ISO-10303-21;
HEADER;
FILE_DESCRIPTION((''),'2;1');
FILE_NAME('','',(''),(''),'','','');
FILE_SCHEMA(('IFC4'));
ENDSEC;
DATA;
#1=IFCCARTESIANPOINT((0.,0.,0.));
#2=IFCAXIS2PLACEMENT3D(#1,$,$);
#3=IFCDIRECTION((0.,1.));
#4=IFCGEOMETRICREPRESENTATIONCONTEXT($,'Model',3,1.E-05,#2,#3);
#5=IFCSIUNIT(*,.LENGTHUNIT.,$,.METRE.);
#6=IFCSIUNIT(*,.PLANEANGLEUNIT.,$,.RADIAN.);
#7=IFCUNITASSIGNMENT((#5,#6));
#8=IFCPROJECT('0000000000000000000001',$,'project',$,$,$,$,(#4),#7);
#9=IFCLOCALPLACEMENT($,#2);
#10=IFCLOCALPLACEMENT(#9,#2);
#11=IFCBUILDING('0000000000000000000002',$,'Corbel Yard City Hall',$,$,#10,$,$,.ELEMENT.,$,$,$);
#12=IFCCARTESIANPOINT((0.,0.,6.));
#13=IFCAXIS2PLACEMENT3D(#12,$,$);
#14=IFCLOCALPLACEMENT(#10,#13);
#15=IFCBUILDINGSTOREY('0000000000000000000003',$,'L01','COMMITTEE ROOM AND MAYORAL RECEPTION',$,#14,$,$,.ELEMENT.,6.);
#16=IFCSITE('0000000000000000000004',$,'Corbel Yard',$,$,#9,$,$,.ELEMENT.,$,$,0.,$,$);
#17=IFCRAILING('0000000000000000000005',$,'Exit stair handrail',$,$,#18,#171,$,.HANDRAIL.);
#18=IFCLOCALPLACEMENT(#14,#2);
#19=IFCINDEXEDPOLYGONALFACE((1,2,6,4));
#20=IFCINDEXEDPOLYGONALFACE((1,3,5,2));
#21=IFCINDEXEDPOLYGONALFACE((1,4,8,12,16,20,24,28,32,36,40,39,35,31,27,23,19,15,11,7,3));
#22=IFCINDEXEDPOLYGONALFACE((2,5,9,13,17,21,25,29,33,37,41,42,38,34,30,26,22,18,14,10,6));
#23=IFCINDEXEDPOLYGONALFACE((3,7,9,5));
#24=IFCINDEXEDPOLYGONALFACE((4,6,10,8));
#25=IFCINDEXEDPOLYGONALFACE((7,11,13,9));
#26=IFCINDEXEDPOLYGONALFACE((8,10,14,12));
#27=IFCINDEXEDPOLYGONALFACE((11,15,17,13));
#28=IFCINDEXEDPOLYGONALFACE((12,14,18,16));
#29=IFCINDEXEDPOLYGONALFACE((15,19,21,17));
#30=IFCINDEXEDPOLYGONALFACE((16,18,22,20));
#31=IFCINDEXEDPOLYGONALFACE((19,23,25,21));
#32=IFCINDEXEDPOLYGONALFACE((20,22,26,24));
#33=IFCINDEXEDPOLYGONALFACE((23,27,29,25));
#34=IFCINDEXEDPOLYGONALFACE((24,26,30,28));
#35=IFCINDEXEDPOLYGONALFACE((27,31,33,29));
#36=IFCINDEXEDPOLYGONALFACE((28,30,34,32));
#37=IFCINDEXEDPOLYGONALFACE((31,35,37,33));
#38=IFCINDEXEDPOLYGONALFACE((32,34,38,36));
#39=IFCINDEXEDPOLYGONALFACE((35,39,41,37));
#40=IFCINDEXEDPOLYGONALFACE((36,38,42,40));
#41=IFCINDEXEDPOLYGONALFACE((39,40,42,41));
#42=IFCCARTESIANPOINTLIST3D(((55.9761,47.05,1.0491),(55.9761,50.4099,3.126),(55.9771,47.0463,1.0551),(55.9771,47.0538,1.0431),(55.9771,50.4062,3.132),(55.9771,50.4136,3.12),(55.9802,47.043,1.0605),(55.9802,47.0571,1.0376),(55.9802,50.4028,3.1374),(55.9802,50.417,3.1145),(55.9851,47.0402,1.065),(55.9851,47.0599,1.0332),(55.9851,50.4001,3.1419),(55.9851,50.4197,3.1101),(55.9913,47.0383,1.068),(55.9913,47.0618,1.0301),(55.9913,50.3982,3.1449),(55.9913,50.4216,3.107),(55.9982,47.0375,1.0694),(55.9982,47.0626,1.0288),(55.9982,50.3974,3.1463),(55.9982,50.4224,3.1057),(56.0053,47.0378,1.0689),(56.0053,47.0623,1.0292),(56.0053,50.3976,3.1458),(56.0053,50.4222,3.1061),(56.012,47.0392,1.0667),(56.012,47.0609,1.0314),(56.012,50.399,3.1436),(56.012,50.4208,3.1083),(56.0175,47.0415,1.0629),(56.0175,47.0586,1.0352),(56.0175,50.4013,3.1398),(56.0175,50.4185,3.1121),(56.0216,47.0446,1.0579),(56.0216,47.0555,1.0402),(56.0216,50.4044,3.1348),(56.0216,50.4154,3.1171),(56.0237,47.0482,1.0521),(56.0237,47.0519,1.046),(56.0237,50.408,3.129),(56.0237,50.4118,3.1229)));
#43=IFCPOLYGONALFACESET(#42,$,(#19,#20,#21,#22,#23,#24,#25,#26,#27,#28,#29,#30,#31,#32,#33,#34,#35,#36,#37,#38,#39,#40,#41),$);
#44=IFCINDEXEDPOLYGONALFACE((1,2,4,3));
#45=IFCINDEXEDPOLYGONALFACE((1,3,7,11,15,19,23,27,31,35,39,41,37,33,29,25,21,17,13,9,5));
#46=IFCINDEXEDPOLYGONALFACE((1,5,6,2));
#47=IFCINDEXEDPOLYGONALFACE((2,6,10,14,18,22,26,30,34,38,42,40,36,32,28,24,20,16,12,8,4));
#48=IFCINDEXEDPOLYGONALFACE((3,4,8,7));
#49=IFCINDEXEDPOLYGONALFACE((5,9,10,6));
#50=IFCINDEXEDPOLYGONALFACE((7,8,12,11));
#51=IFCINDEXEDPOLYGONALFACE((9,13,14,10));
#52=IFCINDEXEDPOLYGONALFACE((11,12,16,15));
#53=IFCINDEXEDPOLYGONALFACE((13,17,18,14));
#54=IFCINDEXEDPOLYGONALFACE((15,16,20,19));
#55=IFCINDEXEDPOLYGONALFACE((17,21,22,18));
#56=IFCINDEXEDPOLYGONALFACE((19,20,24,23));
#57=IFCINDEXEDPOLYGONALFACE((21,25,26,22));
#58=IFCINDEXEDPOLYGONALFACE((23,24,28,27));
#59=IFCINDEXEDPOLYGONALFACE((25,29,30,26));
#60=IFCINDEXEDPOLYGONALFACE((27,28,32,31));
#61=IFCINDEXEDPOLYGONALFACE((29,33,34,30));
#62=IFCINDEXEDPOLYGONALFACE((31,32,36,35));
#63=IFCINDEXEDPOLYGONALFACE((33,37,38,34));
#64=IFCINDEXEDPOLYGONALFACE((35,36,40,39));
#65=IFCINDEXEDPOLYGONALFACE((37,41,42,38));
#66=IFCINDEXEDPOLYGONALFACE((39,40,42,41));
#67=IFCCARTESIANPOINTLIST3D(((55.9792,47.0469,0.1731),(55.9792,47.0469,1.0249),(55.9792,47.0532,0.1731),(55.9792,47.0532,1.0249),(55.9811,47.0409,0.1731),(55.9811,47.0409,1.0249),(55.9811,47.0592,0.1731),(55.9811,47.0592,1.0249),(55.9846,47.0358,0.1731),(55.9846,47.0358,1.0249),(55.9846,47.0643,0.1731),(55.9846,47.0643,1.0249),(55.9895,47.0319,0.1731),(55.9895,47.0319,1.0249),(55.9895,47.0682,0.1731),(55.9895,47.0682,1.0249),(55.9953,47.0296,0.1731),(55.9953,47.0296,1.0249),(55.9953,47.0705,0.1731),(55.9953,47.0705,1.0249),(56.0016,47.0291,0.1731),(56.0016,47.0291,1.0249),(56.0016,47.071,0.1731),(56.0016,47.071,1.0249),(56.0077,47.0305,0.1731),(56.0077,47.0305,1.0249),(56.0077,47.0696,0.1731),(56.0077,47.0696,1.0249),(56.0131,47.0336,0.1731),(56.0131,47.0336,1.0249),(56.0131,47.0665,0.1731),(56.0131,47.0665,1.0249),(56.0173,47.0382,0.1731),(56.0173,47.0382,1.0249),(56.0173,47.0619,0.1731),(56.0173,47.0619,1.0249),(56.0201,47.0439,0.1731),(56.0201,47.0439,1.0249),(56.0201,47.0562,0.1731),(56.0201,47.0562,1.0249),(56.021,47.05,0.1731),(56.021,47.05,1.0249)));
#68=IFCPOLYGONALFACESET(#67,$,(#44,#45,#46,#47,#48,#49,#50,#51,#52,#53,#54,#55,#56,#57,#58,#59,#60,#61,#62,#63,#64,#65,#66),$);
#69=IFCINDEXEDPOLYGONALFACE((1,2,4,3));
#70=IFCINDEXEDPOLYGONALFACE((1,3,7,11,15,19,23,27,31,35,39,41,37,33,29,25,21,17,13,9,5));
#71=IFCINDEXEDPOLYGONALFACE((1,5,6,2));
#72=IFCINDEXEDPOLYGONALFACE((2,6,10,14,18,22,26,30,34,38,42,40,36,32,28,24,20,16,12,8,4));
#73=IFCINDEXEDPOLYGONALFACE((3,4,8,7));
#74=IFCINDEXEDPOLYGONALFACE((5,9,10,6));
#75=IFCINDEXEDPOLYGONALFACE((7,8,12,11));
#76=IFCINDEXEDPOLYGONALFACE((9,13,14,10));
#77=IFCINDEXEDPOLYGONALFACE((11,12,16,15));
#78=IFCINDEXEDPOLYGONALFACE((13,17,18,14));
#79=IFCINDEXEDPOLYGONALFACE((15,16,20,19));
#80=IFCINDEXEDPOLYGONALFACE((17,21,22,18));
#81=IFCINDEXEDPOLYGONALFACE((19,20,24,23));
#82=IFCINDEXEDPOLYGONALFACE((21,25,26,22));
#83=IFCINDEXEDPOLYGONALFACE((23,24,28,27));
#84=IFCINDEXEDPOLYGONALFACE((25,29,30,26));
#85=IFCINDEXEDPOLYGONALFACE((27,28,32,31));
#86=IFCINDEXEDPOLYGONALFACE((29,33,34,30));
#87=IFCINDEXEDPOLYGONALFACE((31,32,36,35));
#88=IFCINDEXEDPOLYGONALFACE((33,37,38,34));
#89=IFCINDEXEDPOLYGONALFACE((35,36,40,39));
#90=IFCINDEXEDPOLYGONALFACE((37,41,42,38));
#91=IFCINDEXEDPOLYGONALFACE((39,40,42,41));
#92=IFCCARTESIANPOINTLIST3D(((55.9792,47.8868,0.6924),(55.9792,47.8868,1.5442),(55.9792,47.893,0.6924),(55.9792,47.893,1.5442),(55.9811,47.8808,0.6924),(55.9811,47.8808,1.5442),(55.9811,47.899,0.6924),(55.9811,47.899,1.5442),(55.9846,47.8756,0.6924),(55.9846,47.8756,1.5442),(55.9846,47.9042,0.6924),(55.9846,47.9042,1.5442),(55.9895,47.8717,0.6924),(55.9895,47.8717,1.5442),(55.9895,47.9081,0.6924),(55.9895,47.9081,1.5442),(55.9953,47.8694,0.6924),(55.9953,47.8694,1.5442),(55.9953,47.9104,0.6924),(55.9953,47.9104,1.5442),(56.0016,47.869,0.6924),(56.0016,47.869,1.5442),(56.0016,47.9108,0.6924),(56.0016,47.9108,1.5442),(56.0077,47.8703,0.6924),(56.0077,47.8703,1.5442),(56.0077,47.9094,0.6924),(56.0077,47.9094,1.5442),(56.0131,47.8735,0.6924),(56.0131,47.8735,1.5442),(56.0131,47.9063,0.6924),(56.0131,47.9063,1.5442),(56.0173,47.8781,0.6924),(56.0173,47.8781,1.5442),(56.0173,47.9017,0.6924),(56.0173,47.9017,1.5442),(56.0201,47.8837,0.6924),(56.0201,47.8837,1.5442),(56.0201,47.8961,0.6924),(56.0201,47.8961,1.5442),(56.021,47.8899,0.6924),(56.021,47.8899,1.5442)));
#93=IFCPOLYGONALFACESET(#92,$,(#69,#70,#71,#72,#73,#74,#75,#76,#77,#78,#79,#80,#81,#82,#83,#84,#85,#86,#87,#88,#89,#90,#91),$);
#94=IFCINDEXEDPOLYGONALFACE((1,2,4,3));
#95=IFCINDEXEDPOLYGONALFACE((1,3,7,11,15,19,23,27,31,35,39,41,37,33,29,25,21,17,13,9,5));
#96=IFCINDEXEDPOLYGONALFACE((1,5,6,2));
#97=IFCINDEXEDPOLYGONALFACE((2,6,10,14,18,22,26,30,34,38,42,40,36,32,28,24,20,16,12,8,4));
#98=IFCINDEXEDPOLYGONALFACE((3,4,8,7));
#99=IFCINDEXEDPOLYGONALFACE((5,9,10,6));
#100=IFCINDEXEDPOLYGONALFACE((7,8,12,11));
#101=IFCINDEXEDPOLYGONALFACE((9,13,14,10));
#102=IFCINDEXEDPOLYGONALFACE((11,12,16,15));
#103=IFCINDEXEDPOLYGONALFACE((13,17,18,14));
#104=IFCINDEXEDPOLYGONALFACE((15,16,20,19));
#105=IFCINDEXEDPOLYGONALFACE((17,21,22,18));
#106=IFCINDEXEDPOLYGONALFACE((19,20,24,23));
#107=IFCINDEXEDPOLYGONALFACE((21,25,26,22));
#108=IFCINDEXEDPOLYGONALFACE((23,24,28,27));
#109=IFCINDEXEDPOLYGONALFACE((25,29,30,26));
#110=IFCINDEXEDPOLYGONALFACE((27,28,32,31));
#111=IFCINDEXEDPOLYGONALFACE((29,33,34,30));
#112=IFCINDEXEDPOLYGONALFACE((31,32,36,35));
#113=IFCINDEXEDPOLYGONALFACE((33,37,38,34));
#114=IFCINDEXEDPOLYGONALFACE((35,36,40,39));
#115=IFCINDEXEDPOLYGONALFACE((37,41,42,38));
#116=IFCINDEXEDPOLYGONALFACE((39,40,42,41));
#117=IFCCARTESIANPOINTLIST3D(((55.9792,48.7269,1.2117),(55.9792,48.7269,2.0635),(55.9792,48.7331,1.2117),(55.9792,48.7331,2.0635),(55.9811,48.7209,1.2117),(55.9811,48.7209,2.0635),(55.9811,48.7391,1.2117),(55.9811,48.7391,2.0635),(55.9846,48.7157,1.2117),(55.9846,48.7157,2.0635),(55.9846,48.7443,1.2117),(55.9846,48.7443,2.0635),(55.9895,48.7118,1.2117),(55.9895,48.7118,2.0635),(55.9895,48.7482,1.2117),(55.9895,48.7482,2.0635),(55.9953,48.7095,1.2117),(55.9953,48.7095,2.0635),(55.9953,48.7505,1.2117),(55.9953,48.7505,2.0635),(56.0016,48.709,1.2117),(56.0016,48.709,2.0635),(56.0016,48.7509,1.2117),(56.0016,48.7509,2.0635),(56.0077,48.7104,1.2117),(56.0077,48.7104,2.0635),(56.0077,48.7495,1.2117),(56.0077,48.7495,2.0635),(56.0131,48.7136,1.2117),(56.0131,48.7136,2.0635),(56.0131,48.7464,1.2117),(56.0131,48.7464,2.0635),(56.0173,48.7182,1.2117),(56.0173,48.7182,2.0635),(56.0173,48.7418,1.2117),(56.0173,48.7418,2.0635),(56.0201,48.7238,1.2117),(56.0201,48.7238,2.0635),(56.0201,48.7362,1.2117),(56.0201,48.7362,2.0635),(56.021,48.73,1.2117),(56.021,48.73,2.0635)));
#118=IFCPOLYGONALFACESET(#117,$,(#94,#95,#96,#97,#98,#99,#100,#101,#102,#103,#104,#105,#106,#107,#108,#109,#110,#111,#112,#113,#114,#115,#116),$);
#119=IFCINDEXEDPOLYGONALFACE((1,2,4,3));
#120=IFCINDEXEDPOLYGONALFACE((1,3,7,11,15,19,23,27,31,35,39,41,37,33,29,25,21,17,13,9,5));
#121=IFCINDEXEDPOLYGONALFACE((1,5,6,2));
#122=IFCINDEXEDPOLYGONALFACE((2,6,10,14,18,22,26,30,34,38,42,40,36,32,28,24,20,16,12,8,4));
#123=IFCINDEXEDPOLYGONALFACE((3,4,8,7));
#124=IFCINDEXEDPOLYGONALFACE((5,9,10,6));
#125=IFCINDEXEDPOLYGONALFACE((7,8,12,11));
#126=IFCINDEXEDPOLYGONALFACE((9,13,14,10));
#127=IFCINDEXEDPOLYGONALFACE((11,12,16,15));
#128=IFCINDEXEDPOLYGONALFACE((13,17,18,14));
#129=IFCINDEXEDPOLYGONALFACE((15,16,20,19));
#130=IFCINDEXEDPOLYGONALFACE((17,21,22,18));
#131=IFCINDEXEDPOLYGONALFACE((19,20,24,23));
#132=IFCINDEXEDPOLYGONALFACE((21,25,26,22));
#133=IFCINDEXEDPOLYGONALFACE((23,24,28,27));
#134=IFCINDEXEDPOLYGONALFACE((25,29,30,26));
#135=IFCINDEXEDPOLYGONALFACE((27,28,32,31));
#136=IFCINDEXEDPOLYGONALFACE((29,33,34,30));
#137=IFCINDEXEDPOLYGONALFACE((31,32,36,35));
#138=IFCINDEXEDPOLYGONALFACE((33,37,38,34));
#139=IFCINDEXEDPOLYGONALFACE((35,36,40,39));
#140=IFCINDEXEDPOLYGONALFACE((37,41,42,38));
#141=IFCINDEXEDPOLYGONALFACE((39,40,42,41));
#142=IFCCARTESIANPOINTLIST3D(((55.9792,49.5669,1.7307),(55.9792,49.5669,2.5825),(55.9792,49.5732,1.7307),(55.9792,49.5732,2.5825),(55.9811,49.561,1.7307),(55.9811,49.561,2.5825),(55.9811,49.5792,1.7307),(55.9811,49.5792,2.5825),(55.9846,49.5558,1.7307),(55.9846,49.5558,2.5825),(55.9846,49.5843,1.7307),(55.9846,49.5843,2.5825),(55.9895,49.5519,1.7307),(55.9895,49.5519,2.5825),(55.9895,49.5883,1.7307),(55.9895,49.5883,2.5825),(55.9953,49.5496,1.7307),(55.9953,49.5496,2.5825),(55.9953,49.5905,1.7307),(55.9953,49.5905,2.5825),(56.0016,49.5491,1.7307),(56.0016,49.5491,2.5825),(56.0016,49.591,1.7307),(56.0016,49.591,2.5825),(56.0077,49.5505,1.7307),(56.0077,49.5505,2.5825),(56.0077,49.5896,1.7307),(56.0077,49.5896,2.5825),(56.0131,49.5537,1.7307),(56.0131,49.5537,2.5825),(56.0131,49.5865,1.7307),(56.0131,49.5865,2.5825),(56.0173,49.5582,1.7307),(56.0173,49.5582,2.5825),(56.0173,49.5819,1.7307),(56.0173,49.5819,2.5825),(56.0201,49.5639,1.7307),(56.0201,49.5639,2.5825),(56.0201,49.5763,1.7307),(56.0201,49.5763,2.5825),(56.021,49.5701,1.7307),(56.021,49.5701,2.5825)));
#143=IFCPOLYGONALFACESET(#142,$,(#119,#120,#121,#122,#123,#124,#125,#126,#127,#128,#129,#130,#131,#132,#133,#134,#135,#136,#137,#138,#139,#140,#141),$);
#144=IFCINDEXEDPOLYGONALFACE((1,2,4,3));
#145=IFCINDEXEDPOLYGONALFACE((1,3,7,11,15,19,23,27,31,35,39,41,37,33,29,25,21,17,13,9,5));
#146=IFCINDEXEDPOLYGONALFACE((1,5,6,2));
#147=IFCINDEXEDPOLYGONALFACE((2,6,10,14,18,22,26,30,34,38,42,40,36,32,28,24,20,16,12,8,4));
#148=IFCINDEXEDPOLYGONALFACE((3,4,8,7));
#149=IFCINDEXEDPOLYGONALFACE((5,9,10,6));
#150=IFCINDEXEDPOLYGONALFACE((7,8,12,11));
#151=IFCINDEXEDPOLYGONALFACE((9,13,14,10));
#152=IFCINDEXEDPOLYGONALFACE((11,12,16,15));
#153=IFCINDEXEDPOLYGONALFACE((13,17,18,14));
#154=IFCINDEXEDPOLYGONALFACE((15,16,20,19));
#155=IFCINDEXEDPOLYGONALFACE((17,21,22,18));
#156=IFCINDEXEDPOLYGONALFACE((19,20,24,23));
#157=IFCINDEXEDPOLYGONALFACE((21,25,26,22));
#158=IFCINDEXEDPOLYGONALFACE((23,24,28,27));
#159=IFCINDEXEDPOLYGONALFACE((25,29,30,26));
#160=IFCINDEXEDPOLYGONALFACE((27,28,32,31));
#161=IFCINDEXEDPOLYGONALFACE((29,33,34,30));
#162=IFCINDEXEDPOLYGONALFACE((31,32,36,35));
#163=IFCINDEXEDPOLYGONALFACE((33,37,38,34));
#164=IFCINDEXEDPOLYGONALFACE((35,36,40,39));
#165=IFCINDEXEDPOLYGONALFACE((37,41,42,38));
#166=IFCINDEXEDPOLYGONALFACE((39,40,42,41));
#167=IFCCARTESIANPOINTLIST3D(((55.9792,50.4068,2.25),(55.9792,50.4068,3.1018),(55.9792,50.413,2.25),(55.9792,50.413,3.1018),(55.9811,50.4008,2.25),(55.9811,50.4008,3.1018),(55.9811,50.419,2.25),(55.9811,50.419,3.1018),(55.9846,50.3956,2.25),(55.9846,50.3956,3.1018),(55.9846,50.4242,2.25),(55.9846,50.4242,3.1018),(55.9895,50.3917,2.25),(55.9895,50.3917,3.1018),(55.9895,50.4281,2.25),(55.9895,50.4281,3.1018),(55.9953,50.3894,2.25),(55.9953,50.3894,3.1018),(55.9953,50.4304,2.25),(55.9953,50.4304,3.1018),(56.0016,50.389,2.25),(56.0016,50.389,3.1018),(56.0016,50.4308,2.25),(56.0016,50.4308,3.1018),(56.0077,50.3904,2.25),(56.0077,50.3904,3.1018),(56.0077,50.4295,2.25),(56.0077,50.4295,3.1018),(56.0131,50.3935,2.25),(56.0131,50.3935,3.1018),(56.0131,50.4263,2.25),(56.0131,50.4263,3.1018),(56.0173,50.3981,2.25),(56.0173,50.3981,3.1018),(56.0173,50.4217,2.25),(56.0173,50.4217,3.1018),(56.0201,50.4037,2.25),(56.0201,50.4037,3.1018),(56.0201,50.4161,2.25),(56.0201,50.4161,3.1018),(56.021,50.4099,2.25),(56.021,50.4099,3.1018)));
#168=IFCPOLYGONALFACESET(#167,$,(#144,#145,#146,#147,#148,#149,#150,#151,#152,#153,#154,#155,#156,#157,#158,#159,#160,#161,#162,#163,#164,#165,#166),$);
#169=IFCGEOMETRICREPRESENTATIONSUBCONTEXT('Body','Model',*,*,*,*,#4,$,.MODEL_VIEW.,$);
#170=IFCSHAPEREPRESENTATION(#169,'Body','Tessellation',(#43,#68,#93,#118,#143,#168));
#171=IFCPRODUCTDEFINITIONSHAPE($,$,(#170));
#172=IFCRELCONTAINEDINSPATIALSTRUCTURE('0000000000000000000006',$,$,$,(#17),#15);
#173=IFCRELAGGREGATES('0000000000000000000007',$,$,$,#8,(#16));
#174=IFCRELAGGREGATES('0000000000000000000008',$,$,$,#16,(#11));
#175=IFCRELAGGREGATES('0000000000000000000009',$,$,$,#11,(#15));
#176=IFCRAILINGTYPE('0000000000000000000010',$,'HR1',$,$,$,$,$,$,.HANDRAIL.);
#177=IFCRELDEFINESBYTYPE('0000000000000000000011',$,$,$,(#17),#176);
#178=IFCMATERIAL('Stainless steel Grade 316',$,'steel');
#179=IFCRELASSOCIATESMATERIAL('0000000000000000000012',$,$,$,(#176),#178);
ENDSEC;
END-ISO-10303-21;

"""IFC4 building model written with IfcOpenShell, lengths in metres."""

from ifc_helpers import new_model, si_unit, direction, frame, origin, origin_2d, place, context, subcontext, project, spatial, circle, extrude, material, type_object, element, save


model = new_model("IFC4")

# Units and contexts
model_context = context("Model", 3, precision=1e-05, world=origin(), true_north=direction((0.0, 1.0)))
body_context = subcontext(model_context, "Body", "Model", "MODEL_VIEW")
ifc_project = project(units=[si_unit("LENGTHUNIT", "METRE"), si_unit("PLANEANGLEUNIT", "RADIAN")], contexts=[model_context])

# Site, building, storey
site_placement = place(None, origin())
site = spatial("IfcSite", under=ifc_project, at=site_placement, Name="Corbel Yard", CompositionType="ELEMENT", RefElevation=0.0)
building_placement = place(site_placement, origin())
building = spatial("IfcBuilding", under=site, at=building_placement, Name="Corbel Yard City Hall", CompositionType="ELEMENT")
storey_placement = place(building_placement, frame((0.0, 0.0, 6.0)))
storey = spatial("IfcBuildingStorey", under=building, at=storey_placement, Name="L01", Description="COMMITTEE ROOM AND MAYORAL RECEPTION", CompositionType="ELEMENT", Elevation=6.0)

# Railing
ifc_material_1 = material(Name="Stainless steel Grade 316", Category="steel")
railing_type_1 = type_object("IfcRailingType", Name="HR1", PredefinedType="HANDRAIL", material=ifc_material_1)
for number, where, name in (
    (1, (56.0, 47.05, 0.1731), "Exit stair handrail"),
):
    element("IfcRailing", number, at=place(storey_placement, frame(where)), inside=storey, type_object=railing_type_1, Name=name, PredefinedType="HANDRAIL", context=body_context, shape_type="SweptSolid", body=[
        extrude(circle(Radius=0.0239, at=origin_2d()), frame((0.0, 0.0, 0.876), z_axis=(0.0, 0.850606, 0.525803), x_axis=(-1.0, 0.0, 0.0)), (0.0, 0.0, 1.0), 3.95),
        extrude(circle(Radius=0.021, at=origin_2d()), origin(), (0.0, 0.0, 1.0), 0.8518),
        extrude(circle(Radius=0.021, at=origin_2d()), frame((0.0, 0.8398, 0.5193)), (0.0, 0.0, 1.0), 0.8518),
        extrude(circle(Radius=0.021, at=origin_2d()), frame((0.0, 1.6799, 1.0386)), (0.0, 0.0, 1.0), 0.8518),
        extrude(circle(Radius=0.021, at=origin_2d()), frame((0.0, 2.52, 1.5576)), (0.0, 0.0, 1.0), 0.8518),
        extrude(circle(Radius=0.021, at=origin_2d()), frame((0.0, 3.3599, 2.0769)), (0.0, 0.0, 1.0), 0.8518),
    ])

save(model, "model.ifc")
